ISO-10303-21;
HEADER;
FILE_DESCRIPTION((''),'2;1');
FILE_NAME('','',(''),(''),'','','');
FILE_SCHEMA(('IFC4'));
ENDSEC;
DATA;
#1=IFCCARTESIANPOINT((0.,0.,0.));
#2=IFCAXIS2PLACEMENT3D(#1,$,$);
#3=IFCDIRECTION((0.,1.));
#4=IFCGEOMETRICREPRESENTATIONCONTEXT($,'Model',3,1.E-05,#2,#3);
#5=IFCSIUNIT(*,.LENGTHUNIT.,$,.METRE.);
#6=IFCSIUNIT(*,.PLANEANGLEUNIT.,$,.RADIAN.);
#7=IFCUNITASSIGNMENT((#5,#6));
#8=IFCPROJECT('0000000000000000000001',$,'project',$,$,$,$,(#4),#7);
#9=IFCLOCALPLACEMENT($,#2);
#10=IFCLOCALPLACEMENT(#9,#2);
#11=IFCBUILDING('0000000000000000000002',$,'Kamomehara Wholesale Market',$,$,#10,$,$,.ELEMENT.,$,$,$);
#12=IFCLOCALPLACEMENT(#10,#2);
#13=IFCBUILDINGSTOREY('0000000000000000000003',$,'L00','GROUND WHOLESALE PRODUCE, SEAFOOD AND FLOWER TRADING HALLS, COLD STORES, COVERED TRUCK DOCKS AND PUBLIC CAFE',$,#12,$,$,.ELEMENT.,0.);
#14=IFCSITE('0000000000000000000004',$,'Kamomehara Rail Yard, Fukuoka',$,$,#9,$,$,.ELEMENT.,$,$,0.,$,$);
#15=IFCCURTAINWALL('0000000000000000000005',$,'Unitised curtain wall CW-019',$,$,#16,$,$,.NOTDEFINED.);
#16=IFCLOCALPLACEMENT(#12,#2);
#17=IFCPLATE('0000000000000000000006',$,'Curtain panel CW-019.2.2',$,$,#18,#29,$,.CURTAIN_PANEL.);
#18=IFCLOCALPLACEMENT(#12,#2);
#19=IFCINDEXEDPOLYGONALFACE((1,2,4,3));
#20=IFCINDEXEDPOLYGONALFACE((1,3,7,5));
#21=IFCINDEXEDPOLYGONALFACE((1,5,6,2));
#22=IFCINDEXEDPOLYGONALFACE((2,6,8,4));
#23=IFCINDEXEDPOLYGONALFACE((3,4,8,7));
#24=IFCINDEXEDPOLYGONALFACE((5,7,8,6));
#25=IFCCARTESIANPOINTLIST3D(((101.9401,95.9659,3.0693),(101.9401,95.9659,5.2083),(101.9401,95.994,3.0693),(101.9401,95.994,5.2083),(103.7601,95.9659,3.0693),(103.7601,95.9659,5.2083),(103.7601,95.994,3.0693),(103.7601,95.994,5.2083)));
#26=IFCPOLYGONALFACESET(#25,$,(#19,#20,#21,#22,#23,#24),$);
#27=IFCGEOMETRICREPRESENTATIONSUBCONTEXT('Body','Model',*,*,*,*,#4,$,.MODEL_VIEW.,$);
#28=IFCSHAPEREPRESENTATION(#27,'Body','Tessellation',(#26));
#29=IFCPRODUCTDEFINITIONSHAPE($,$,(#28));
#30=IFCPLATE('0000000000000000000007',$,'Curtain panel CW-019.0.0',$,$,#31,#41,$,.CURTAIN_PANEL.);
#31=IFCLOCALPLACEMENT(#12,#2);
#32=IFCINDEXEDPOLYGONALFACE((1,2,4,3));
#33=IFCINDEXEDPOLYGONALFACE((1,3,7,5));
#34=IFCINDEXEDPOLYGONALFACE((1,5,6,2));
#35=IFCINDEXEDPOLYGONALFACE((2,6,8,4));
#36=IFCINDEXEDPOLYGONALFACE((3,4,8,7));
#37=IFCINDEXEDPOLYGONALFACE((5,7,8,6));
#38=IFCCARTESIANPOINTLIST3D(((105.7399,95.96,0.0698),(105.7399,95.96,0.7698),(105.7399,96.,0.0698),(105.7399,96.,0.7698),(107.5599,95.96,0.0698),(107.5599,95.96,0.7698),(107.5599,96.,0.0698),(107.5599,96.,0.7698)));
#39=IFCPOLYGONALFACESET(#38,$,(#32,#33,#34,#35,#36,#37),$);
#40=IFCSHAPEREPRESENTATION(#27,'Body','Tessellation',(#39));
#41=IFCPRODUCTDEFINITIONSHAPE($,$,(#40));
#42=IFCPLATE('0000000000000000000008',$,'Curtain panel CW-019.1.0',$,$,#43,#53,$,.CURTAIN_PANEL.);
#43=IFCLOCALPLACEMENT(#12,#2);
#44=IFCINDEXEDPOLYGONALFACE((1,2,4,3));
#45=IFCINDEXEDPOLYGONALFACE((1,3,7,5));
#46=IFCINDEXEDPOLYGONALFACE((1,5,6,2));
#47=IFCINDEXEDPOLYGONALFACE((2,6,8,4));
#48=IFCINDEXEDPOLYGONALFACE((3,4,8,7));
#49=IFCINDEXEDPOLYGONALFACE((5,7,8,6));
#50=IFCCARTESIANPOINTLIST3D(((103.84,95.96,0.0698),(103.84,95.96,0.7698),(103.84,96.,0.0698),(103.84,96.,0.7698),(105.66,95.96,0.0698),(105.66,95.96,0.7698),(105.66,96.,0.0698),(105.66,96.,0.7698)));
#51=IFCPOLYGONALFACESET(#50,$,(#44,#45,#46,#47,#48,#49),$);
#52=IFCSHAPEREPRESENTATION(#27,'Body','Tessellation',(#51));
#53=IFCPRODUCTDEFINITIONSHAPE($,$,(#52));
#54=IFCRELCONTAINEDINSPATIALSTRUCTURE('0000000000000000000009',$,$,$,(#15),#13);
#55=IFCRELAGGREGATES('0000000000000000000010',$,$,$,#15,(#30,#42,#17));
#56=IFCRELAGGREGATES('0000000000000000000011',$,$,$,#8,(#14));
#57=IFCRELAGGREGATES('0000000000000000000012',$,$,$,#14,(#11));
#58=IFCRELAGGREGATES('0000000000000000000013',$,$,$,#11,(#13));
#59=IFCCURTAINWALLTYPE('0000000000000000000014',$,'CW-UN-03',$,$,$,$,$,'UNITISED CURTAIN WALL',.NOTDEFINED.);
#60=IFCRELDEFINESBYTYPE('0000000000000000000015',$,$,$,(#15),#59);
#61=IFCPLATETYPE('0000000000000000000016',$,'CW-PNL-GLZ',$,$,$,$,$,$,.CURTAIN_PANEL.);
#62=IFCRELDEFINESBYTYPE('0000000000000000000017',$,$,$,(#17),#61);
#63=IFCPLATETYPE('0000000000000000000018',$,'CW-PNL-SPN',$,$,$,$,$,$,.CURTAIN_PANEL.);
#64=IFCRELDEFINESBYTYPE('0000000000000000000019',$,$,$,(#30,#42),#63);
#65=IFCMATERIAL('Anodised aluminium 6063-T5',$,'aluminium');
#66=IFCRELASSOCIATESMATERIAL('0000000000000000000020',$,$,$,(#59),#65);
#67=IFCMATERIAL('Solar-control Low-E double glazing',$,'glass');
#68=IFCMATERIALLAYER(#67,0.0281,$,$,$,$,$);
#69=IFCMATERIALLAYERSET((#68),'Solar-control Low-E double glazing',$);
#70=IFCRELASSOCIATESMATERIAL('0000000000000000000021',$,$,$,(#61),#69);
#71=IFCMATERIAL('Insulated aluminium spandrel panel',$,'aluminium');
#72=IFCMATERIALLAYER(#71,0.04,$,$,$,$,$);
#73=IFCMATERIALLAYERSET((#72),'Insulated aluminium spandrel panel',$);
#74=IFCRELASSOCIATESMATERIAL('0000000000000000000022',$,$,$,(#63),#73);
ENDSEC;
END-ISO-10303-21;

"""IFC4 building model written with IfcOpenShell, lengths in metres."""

from ifc_helpers import new_model, si_unit, direction, frame, origin, origin_2d, place, context, subcontext, project, spatial, rectangle, extrude, material, layer, layer_set, type_object, element, aggregate, save


model = new_model("IFC4")

# Units and contexts
model_context = context("Model", 3, precision=1e-05, world=origin(), true_north=direction((0.0, 1.0)))
body_context = subcontext(model_context, "Body", "Model", "MODEL_VIEW")
ifc_project = project(units=[si_unit("LENGTHUNIT", "METRE"), si_unit("PLANEANGLEUNIT", "RADIAN")], contexts=[model_context])

# Site, building, storey
site_placement = place(None, origin())
site = spatial("IfcSite", under=ifc_project, at=site_placement, Name="Kamomehara Rail Yard, Fukuoka", CompositionType="ELEMENT", RefElevation=0.0)
building_placement = place(site_placement, origin())
building = spatial("IfcBuilding", under=site, at=building_placement, Name="Kamomehara Wholesale Market", CompositionType="ELEMENT")
storey_placement = place(building_placement, origin())
storey = spatial("IfcBuildingStorey", under=building, at=storey_placement, Name="L00", Description="GROUND WHOLESALE PRODUCE, SEAFOOD AND FLOWER TRADING HALLS, COLD STORES, COVERED TRUCK DOCKS AND PUBLIC CAFE", CompositionType="ELEMENT", Elevation=0.0)

# Curtain wall
ifc_material_1 = material(Name="Anodised aluminium 6063-T5", Category="aluminium")
curtain_wall_type = type_object("IfcCurtainWallType", Name="CW-UN-03", ElementType="UNITISED CURTAIN WALL", PredefinedType="NOTDEFINED", material=ifc_material_1)
curtain_wall_1_placement = place(storey_placement, origin())
curtain_wall_1 = element("IfcCurtainWall", 1, at=curtain_wall_1_placement, inside=storey, type_object=curtain_wall_type, Name="Unitised curtain wall CW-019", PredefinedType="NOTDEFINED")

# Plates
ifc_material_2 = material(Name="Solar-control Low-E double glazing", Category="glass")
ifc_layer_1 = layer(ifc_material_2, 0.0281)
ifc_layer_set_1 = layer_set([ifc_layer_1], Name="Solar-control Low-E double glazing")
plate_type_1 = type_object("IfcPlateType", Name="CW-PNL-GLZ", PredefinedType="CURTAIN_PANEL", material=ifc_layer_set_1)
plate_1_placement = place(storey_placement, frame((102.8501, 95.98, 3.0693), z_axis=(0.0, 0.0, 1.0), x_axis=(-1.0, 0.0, 0.0)))
plate_1 = element("IfcPlate", 2, at=plate_1_placement, type_object=plate_type_1, Name="Curtain panel CW-019.2.2", PredefinedType="CURTAIN_PANEL", context=body_context, shape_type="SweptSolid", body=[
    extrude(rectangle(XDim=1.8201, YDim=0.0281, at=origin_2d()), origin(), (0.0, 0.0, 1.0), 2.1389),
])
ifc_material_3 = material(Name="Insulated aluminium spandrel panel", Category="aluminium")
ifc_layer_2 = layer(ifc_material_3, 0.04)
ifc_layer_set_2 = layer_set([ifc_layer_2], Name="Insulated aluminium spandrel panel")
plate_type_2 = type_object("IfcPlateType", Name="CW-PNL-SPN", PredefinedType="CURTAIN_PANEL", material=ifc_layer_set_2)
plate_2_placement = place(storey_placement, frame((106.6499, 95.98, 0.0698), z_axis=(0.0, 0.0, 1.0), x_axis=(-1.0, 0.0, 0.0)))
plate_2 = element("IfcPlate", 3, at=plate_2_placement, type_object=plate_type_2, Name="Curtain panel CW-019.0.0", PredefinedType="CURTAIN_PANEL", context=body_context, shape_type="SweptSolid", body=[
    extrude(rectangle(XDim=1.8201, YDim=0.04, at=origin_2d()), origin(), (0.0, 0.0, 1.0), 0.7),
])
plate_3_placement = place(storey_placement, frame((104.75, 95.98, 0.0698), z_axis=(0.0, 0.0, 1.0), x_axis=(-1.0, 0.0, 0.0)))
plate_3 = element("IfcPlate", 4, at=plate_3_placement, type_object=plate_type_2, Name="Curtain panel CW-019.1.0", PredefinedType="CURTAIN_PANEL", context=body_context, shape_type="SweptSolid", body=[
    extrude(rectangle(XDim=1.8201, YDim=0.04, at=origin_2d()), origin(), (0.0, 0.0, 1.0), 0.7),
])
aggregate(curtain_wall_1, [plate_2, plate_3, plate_1])

save(model, "model.ifc")
